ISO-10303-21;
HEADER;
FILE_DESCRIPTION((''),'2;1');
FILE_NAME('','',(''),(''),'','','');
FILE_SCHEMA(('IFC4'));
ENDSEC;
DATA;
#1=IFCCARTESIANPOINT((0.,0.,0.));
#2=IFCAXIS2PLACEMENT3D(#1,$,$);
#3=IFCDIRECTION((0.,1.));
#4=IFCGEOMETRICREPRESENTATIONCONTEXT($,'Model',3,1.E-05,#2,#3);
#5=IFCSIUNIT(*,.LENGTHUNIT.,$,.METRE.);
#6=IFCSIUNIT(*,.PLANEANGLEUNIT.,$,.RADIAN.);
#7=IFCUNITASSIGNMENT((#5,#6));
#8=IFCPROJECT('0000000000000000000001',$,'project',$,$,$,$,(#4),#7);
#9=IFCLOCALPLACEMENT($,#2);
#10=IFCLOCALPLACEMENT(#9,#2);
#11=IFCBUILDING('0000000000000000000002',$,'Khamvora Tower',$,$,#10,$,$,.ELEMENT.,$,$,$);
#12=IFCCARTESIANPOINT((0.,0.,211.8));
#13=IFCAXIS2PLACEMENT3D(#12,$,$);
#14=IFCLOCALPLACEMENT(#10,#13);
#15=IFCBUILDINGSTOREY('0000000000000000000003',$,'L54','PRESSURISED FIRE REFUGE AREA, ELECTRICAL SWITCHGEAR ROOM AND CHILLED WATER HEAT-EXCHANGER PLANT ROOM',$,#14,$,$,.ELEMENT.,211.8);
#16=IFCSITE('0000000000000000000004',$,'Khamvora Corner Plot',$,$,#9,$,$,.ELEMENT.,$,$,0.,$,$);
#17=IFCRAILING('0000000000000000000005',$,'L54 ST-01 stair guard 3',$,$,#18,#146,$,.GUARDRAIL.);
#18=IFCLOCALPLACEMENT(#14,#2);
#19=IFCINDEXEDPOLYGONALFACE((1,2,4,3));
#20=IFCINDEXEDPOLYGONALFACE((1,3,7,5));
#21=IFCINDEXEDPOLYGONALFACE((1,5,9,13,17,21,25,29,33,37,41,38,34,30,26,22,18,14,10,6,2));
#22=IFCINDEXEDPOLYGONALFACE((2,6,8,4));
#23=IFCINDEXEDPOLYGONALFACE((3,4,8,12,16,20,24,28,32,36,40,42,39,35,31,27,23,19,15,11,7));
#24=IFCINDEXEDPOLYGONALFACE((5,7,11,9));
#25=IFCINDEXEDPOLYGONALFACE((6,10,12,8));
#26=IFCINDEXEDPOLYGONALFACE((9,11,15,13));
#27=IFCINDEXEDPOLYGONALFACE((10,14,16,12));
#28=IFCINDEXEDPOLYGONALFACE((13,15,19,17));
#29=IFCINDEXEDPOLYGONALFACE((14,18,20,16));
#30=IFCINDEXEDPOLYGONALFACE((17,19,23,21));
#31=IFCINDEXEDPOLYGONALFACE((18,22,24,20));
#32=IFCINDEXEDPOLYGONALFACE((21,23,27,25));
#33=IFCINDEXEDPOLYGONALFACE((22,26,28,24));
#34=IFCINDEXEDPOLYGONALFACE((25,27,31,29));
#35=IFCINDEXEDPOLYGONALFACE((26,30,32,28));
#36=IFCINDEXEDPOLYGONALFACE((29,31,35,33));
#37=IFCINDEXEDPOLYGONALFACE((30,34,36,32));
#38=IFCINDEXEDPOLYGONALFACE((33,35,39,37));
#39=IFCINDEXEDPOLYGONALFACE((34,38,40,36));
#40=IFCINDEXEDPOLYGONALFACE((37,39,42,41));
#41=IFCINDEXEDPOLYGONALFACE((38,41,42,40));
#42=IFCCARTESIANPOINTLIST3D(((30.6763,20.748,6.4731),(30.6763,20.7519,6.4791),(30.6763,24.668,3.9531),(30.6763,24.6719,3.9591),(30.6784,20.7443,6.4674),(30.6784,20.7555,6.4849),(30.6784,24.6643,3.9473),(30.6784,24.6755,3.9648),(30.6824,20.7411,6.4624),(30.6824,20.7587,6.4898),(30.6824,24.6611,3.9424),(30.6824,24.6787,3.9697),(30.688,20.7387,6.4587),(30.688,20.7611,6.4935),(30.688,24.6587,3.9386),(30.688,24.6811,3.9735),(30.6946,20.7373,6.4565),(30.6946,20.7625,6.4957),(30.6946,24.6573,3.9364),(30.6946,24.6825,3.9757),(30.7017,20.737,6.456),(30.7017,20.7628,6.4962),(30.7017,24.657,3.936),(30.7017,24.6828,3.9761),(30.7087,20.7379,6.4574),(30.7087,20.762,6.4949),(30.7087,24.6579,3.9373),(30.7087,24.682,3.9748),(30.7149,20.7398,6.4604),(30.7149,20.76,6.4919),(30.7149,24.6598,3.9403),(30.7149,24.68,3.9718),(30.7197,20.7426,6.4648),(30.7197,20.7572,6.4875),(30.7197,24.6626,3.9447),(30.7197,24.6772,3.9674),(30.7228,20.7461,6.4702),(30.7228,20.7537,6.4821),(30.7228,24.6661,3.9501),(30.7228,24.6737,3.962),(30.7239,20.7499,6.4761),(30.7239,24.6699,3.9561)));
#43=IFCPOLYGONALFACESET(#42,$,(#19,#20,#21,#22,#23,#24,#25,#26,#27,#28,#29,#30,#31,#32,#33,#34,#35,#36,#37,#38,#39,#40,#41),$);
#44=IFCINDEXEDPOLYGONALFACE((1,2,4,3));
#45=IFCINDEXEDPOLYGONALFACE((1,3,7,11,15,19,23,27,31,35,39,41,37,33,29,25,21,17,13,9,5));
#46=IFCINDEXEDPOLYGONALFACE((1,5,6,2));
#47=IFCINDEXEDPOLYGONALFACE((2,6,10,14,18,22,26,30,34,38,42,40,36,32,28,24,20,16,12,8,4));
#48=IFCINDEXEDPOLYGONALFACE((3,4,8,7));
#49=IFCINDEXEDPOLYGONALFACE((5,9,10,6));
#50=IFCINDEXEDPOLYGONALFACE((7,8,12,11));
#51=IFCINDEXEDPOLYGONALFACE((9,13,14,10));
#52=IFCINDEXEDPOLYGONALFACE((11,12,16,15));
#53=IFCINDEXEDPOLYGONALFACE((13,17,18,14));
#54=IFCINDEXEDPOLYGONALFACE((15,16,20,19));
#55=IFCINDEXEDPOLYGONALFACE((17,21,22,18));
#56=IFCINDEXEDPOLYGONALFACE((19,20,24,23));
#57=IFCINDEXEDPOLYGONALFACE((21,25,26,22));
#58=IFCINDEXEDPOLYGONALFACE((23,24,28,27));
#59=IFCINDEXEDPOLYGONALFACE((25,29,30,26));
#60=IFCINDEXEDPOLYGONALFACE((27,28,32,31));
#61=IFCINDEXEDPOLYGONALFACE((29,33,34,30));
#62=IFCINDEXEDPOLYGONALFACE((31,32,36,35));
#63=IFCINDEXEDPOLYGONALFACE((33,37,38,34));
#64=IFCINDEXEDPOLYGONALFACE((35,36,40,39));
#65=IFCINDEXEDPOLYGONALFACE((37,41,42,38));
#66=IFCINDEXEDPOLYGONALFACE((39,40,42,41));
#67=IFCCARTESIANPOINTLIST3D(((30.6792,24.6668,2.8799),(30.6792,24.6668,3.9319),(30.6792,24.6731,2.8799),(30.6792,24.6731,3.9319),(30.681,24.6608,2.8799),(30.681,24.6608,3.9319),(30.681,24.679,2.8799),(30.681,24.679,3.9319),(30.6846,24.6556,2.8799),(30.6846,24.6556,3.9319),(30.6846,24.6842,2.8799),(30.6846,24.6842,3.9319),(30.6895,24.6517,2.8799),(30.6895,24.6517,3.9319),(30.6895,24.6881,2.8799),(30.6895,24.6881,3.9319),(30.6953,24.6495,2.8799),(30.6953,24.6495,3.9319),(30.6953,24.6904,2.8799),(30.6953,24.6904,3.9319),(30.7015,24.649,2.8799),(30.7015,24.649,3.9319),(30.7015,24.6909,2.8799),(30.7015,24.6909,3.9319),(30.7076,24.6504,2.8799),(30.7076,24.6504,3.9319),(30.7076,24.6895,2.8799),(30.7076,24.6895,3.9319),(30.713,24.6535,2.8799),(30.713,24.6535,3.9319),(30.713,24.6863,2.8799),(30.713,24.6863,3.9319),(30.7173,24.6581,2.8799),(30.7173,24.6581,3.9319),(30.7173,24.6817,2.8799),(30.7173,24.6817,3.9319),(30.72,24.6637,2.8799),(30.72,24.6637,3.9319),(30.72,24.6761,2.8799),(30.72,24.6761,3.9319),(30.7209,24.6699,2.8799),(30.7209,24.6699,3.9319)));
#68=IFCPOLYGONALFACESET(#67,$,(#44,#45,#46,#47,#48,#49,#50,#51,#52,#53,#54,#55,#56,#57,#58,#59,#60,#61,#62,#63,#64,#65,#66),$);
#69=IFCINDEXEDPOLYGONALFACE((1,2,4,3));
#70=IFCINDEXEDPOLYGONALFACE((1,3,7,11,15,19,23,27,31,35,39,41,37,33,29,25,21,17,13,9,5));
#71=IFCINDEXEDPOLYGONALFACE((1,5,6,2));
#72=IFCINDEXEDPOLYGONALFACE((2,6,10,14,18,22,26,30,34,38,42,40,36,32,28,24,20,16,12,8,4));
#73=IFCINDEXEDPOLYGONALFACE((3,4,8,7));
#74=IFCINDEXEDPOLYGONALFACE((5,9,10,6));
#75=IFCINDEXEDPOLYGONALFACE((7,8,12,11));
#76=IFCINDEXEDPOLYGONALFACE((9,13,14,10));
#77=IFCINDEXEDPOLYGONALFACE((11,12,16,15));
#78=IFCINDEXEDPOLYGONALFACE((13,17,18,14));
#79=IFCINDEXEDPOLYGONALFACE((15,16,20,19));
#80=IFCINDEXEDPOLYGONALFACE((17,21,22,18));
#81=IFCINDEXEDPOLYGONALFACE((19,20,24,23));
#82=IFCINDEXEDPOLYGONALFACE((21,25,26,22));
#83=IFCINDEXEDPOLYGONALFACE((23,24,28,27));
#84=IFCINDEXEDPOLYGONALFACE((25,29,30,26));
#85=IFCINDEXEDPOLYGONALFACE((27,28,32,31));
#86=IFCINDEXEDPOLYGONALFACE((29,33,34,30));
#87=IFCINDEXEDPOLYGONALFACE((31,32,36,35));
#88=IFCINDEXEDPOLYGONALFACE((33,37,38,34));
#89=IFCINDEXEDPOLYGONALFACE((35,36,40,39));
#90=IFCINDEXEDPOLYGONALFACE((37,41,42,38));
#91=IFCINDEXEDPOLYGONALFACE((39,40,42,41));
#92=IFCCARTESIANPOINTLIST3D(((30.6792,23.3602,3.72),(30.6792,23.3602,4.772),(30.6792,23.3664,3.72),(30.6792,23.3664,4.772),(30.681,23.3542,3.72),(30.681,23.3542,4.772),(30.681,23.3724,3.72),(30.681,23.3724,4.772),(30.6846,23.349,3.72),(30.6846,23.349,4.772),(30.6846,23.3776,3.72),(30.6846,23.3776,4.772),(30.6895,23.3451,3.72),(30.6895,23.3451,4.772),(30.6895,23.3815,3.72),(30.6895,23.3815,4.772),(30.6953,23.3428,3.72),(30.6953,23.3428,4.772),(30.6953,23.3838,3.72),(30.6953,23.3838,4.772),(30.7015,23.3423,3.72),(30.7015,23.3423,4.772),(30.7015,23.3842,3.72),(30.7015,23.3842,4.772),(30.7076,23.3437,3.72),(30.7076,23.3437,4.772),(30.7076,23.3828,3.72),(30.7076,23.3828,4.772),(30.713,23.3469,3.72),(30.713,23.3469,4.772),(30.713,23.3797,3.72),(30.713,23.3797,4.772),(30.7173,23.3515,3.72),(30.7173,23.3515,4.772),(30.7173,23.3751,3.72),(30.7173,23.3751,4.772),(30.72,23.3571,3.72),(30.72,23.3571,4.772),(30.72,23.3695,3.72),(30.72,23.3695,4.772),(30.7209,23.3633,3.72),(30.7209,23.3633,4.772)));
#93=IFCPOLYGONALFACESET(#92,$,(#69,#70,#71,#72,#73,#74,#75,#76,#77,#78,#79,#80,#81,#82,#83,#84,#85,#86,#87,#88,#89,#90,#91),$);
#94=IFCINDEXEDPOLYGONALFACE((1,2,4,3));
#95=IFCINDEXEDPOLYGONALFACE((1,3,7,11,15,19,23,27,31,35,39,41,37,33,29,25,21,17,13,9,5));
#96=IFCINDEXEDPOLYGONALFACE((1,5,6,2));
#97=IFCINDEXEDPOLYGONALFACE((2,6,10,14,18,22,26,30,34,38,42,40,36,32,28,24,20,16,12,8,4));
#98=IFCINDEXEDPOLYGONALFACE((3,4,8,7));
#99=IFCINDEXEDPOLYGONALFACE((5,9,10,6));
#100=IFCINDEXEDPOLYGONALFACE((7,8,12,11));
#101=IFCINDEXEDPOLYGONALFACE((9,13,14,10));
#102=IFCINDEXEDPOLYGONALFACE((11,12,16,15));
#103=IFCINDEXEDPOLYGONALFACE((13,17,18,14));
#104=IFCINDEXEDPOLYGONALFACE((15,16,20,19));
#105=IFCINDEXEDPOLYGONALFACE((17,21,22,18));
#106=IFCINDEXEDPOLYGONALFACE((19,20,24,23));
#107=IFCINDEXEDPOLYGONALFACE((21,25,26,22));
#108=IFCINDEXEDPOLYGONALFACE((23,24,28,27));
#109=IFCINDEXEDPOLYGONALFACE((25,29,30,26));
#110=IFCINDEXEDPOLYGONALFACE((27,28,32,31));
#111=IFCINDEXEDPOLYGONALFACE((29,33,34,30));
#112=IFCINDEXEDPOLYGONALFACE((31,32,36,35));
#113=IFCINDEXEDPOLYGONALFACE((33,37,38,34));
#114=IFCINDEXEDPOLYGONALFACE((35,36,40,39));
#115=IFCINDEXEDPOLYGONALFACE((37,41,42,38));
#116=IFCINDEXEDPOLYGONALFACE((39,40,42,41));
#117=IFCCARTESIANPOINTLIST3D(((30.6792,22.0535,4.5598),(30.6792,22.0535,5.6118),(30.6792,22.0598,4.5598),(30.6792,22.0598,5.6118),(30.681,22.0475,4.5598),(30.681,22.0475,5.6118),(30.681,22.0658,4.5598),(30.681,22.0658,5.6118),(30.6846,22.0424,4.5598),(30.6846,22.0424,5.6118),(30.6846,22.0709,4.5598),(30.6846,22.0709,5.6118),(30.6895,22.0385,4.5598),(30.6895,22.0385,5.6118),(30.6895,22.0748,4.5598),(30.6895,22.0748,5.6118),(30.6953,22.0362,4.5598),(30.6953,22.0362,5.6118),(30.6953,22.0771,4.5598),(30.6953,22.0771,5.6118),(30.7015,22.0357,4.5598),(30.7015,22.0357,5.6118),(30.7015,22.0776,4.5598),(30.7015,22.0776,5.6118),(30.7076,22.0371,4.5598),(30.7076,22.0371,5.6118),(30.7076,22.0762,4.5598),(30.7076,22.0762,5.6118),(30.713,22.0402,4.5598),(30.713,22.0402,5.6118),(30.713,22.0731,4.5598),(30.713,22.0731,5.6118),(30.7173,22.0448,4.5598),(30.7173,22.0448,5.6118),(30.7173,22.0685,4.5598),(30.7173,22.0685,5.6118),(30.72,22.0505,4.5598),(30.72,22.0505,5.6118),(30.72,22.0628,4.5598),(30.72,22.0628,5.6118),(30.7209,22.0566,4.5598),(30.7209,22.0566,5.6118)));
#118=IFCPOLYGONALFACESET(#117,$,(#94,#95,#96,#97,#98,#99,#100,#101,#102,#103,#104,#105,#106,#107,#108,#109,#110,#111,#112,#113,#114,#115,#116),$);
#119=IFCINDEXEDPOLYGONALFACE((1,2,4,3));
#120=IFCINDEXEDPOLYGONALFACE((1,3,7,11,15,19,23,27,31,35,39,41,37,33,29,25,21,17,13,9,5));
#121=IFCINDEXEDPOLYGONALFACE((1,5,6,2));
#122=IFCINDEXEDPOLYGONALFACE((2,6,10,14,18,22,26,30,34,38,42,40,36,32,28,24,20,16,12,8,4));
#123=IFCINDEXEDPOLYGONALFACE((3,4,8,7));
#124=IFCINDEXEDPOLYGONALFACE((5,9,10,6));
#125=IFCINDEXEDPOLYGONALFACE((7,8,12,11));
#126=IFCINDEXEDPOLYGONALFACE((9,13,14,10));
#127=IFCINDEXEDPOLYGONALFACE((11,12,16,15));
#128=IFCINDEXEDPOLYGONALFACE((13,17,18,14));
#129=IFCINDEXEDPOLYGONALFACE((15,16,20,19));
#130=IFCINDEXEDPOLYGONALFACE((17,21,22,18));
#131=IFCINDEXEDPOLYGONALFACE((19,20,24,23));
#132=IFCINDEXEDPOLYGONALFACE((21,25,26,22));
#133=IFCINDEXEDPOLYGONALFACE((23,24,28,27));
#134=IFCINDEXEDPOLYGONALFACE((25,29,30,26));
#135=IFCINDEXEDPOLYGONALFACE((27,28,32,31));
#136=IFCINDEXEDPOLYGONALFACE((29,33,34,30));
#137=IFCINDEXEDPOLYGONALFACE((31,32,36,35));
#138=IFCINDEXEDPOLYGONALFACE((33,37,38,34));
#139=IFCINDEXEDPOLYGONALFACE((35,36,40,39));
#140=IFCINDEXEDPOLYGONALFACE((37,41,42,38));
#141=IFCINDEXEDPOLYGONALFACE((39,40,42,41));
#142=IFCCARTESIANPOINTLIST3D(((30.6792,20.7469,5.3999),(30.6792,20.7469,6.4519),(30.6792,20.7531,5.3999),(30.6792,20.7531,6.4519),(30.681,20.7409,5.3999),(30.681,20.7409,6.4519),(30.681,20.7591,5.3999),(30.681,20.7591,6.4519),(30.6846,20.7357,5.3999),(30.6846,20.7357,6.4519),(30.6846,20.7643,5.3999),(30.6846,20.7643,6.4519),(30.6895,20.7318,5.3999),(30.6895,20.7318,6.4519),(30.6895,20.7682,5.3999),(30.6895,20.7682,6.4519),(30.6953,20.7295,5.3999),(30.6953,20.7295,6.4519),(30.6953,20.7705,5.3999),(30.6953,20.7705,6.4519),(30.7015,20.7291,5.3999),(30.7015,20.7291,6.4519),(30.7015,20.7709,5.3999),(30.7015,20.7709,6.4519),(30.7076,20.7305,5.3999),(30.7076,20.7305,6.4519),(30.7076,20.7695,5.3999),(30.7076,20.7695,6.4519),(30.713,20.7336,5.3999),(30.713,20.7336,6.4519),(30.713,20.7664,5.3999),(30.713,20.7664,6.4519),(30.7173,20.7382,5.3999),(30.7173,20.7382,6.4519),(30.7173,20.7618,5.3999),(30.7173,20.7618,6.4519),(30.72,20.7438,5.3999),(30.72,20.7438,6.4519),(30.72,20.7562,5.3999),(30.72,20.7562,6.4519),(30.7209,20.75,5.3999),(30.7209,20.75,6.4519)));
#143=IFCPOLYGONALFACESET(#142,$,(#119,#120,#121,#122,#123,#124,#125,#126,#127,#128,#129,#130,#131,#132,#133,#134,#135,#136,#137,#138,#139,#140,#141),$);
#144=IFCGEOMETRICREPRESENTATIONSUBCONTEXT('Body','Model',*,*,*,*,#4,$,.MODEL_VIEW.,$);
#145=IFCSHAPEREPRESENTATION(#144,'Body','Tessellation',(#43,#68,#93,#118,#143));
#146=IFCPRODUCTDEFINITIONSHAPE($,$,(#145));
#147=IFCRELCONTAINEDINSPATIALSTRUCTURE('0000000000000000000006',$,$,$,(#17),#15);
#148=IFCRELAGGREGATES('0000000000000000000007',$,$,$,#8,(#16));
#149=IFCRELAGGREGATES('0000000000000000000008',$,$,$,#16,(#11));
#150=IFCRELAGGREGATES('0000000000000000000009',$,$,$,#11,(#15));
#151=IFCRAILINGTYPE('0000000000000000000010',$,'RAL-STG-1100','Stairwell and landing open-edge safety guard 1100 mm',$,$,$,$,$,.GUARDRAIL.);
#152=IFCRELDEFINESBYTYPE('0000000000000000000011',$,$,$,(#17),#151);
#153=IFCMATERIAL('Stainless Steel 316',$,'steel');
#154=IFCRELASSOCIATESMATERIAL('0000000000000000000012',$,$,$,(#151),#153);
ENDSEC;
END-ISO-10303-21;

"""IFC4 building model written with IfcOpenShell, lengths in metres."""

from ifc_helpers import new_model, si_unit, direction, frame, origin, origin_2d, place, context, subcontext, project, spatial, circle, extrude, material, type_object, element, save


model = new_model("IFC4")

# Units and contexts
model_context = context("Model", 3, precision=1e-05, world=origin(), true_north=direction((0.0, 1.0)))
body_context = subcontext(model_context, "Body", "Model", "MODEL_VIEW")
ifc_project = project(units=[si_unit("LENGTHUNIT", "METRE"), si_unit("PLANEANGLEUNIT", "RADIAN")], contexts=[model_context])

# Site, building, storey
site_placement = place(None, origin())
site = spatial("IfcSite", under=ifc_project, at=site_placement, Name="Khamvora Corner Plot", CompositionType="ELEMENT", RefElevation=0.0)
building_placement = place(site_placement, origin())
building = spatial("IfcBuilding", under=site, at=building_placement, Name="Khamvora Tower", CompositionType="ELEMENT")
storey_placement = place(building_placement, frame((0.0, 0.0, 211.8)))
storey = spatial("IfcBuildingStorey", under=building, at=storey_placement, Name="L54", Description="PRESSURISED FIRE REFUGE AREA, ELECTRICAL SWITCHGEAR ROOM AND CHILLED WATER HEAT-EXCHANGER PLANT ROOM", CompositionType="ELEMENT", Elevation=211.8)

# Railing
ifc_material_1 = material(Name="Stainless Steel 316", Category="steel")
railing_type_1 = type_object("IfcRailingType", Name="RAL-STG-1100", Description="Stairwell and landing open-edge safety guard 1100 mm", PredefinedType="GUARDRAIL", material=ifc_material_1)
railing_1_placement = place(storey_placement, frame((30.7, 24.6699, 2.8799)))
element("IfcRailing", 1, at=railing_1_placement, inside=storey, type_object=railing_type_1, Name="L54 ST-01 stair guard 3", PredefinedType="GUARDRAIL", context=body_context, shape_type="SweptSolid", body=[
    extrude(circle(Radius=0.0239, at=origin_2d()), frame((0.0, 0.0, 1.0762), z_axis=(0.0, -0.841172, 0.540768), x_axis=(1.0, 0.0, 0.0)), (0.0, 0.0, 1.0), 4.6602),
    extrude(circle(Radius=0.021, at=origin_2d()), origin(), (0.0, 0.0, 1.0), 1.052),
    extrude(circle(Radius=0.021, at=origin_2d()), frame((0.0, -1.3066, 0.8401)), (0.0, 0.0, 1.0), 1.052),
    extrude(circle(Radius=0.021, at=origin_2d()), frame((0.0, -2.6133, 1.6799)), (0.0, 0.0, 1.0), 1.052),
    extrude(circle(Radius=0.021, at=origin_2d()), frame((0.0, -3.9199, 2.52)), (0.0, 0.0, 1.0), 1.052),
])

save(model, "model.ifc")
